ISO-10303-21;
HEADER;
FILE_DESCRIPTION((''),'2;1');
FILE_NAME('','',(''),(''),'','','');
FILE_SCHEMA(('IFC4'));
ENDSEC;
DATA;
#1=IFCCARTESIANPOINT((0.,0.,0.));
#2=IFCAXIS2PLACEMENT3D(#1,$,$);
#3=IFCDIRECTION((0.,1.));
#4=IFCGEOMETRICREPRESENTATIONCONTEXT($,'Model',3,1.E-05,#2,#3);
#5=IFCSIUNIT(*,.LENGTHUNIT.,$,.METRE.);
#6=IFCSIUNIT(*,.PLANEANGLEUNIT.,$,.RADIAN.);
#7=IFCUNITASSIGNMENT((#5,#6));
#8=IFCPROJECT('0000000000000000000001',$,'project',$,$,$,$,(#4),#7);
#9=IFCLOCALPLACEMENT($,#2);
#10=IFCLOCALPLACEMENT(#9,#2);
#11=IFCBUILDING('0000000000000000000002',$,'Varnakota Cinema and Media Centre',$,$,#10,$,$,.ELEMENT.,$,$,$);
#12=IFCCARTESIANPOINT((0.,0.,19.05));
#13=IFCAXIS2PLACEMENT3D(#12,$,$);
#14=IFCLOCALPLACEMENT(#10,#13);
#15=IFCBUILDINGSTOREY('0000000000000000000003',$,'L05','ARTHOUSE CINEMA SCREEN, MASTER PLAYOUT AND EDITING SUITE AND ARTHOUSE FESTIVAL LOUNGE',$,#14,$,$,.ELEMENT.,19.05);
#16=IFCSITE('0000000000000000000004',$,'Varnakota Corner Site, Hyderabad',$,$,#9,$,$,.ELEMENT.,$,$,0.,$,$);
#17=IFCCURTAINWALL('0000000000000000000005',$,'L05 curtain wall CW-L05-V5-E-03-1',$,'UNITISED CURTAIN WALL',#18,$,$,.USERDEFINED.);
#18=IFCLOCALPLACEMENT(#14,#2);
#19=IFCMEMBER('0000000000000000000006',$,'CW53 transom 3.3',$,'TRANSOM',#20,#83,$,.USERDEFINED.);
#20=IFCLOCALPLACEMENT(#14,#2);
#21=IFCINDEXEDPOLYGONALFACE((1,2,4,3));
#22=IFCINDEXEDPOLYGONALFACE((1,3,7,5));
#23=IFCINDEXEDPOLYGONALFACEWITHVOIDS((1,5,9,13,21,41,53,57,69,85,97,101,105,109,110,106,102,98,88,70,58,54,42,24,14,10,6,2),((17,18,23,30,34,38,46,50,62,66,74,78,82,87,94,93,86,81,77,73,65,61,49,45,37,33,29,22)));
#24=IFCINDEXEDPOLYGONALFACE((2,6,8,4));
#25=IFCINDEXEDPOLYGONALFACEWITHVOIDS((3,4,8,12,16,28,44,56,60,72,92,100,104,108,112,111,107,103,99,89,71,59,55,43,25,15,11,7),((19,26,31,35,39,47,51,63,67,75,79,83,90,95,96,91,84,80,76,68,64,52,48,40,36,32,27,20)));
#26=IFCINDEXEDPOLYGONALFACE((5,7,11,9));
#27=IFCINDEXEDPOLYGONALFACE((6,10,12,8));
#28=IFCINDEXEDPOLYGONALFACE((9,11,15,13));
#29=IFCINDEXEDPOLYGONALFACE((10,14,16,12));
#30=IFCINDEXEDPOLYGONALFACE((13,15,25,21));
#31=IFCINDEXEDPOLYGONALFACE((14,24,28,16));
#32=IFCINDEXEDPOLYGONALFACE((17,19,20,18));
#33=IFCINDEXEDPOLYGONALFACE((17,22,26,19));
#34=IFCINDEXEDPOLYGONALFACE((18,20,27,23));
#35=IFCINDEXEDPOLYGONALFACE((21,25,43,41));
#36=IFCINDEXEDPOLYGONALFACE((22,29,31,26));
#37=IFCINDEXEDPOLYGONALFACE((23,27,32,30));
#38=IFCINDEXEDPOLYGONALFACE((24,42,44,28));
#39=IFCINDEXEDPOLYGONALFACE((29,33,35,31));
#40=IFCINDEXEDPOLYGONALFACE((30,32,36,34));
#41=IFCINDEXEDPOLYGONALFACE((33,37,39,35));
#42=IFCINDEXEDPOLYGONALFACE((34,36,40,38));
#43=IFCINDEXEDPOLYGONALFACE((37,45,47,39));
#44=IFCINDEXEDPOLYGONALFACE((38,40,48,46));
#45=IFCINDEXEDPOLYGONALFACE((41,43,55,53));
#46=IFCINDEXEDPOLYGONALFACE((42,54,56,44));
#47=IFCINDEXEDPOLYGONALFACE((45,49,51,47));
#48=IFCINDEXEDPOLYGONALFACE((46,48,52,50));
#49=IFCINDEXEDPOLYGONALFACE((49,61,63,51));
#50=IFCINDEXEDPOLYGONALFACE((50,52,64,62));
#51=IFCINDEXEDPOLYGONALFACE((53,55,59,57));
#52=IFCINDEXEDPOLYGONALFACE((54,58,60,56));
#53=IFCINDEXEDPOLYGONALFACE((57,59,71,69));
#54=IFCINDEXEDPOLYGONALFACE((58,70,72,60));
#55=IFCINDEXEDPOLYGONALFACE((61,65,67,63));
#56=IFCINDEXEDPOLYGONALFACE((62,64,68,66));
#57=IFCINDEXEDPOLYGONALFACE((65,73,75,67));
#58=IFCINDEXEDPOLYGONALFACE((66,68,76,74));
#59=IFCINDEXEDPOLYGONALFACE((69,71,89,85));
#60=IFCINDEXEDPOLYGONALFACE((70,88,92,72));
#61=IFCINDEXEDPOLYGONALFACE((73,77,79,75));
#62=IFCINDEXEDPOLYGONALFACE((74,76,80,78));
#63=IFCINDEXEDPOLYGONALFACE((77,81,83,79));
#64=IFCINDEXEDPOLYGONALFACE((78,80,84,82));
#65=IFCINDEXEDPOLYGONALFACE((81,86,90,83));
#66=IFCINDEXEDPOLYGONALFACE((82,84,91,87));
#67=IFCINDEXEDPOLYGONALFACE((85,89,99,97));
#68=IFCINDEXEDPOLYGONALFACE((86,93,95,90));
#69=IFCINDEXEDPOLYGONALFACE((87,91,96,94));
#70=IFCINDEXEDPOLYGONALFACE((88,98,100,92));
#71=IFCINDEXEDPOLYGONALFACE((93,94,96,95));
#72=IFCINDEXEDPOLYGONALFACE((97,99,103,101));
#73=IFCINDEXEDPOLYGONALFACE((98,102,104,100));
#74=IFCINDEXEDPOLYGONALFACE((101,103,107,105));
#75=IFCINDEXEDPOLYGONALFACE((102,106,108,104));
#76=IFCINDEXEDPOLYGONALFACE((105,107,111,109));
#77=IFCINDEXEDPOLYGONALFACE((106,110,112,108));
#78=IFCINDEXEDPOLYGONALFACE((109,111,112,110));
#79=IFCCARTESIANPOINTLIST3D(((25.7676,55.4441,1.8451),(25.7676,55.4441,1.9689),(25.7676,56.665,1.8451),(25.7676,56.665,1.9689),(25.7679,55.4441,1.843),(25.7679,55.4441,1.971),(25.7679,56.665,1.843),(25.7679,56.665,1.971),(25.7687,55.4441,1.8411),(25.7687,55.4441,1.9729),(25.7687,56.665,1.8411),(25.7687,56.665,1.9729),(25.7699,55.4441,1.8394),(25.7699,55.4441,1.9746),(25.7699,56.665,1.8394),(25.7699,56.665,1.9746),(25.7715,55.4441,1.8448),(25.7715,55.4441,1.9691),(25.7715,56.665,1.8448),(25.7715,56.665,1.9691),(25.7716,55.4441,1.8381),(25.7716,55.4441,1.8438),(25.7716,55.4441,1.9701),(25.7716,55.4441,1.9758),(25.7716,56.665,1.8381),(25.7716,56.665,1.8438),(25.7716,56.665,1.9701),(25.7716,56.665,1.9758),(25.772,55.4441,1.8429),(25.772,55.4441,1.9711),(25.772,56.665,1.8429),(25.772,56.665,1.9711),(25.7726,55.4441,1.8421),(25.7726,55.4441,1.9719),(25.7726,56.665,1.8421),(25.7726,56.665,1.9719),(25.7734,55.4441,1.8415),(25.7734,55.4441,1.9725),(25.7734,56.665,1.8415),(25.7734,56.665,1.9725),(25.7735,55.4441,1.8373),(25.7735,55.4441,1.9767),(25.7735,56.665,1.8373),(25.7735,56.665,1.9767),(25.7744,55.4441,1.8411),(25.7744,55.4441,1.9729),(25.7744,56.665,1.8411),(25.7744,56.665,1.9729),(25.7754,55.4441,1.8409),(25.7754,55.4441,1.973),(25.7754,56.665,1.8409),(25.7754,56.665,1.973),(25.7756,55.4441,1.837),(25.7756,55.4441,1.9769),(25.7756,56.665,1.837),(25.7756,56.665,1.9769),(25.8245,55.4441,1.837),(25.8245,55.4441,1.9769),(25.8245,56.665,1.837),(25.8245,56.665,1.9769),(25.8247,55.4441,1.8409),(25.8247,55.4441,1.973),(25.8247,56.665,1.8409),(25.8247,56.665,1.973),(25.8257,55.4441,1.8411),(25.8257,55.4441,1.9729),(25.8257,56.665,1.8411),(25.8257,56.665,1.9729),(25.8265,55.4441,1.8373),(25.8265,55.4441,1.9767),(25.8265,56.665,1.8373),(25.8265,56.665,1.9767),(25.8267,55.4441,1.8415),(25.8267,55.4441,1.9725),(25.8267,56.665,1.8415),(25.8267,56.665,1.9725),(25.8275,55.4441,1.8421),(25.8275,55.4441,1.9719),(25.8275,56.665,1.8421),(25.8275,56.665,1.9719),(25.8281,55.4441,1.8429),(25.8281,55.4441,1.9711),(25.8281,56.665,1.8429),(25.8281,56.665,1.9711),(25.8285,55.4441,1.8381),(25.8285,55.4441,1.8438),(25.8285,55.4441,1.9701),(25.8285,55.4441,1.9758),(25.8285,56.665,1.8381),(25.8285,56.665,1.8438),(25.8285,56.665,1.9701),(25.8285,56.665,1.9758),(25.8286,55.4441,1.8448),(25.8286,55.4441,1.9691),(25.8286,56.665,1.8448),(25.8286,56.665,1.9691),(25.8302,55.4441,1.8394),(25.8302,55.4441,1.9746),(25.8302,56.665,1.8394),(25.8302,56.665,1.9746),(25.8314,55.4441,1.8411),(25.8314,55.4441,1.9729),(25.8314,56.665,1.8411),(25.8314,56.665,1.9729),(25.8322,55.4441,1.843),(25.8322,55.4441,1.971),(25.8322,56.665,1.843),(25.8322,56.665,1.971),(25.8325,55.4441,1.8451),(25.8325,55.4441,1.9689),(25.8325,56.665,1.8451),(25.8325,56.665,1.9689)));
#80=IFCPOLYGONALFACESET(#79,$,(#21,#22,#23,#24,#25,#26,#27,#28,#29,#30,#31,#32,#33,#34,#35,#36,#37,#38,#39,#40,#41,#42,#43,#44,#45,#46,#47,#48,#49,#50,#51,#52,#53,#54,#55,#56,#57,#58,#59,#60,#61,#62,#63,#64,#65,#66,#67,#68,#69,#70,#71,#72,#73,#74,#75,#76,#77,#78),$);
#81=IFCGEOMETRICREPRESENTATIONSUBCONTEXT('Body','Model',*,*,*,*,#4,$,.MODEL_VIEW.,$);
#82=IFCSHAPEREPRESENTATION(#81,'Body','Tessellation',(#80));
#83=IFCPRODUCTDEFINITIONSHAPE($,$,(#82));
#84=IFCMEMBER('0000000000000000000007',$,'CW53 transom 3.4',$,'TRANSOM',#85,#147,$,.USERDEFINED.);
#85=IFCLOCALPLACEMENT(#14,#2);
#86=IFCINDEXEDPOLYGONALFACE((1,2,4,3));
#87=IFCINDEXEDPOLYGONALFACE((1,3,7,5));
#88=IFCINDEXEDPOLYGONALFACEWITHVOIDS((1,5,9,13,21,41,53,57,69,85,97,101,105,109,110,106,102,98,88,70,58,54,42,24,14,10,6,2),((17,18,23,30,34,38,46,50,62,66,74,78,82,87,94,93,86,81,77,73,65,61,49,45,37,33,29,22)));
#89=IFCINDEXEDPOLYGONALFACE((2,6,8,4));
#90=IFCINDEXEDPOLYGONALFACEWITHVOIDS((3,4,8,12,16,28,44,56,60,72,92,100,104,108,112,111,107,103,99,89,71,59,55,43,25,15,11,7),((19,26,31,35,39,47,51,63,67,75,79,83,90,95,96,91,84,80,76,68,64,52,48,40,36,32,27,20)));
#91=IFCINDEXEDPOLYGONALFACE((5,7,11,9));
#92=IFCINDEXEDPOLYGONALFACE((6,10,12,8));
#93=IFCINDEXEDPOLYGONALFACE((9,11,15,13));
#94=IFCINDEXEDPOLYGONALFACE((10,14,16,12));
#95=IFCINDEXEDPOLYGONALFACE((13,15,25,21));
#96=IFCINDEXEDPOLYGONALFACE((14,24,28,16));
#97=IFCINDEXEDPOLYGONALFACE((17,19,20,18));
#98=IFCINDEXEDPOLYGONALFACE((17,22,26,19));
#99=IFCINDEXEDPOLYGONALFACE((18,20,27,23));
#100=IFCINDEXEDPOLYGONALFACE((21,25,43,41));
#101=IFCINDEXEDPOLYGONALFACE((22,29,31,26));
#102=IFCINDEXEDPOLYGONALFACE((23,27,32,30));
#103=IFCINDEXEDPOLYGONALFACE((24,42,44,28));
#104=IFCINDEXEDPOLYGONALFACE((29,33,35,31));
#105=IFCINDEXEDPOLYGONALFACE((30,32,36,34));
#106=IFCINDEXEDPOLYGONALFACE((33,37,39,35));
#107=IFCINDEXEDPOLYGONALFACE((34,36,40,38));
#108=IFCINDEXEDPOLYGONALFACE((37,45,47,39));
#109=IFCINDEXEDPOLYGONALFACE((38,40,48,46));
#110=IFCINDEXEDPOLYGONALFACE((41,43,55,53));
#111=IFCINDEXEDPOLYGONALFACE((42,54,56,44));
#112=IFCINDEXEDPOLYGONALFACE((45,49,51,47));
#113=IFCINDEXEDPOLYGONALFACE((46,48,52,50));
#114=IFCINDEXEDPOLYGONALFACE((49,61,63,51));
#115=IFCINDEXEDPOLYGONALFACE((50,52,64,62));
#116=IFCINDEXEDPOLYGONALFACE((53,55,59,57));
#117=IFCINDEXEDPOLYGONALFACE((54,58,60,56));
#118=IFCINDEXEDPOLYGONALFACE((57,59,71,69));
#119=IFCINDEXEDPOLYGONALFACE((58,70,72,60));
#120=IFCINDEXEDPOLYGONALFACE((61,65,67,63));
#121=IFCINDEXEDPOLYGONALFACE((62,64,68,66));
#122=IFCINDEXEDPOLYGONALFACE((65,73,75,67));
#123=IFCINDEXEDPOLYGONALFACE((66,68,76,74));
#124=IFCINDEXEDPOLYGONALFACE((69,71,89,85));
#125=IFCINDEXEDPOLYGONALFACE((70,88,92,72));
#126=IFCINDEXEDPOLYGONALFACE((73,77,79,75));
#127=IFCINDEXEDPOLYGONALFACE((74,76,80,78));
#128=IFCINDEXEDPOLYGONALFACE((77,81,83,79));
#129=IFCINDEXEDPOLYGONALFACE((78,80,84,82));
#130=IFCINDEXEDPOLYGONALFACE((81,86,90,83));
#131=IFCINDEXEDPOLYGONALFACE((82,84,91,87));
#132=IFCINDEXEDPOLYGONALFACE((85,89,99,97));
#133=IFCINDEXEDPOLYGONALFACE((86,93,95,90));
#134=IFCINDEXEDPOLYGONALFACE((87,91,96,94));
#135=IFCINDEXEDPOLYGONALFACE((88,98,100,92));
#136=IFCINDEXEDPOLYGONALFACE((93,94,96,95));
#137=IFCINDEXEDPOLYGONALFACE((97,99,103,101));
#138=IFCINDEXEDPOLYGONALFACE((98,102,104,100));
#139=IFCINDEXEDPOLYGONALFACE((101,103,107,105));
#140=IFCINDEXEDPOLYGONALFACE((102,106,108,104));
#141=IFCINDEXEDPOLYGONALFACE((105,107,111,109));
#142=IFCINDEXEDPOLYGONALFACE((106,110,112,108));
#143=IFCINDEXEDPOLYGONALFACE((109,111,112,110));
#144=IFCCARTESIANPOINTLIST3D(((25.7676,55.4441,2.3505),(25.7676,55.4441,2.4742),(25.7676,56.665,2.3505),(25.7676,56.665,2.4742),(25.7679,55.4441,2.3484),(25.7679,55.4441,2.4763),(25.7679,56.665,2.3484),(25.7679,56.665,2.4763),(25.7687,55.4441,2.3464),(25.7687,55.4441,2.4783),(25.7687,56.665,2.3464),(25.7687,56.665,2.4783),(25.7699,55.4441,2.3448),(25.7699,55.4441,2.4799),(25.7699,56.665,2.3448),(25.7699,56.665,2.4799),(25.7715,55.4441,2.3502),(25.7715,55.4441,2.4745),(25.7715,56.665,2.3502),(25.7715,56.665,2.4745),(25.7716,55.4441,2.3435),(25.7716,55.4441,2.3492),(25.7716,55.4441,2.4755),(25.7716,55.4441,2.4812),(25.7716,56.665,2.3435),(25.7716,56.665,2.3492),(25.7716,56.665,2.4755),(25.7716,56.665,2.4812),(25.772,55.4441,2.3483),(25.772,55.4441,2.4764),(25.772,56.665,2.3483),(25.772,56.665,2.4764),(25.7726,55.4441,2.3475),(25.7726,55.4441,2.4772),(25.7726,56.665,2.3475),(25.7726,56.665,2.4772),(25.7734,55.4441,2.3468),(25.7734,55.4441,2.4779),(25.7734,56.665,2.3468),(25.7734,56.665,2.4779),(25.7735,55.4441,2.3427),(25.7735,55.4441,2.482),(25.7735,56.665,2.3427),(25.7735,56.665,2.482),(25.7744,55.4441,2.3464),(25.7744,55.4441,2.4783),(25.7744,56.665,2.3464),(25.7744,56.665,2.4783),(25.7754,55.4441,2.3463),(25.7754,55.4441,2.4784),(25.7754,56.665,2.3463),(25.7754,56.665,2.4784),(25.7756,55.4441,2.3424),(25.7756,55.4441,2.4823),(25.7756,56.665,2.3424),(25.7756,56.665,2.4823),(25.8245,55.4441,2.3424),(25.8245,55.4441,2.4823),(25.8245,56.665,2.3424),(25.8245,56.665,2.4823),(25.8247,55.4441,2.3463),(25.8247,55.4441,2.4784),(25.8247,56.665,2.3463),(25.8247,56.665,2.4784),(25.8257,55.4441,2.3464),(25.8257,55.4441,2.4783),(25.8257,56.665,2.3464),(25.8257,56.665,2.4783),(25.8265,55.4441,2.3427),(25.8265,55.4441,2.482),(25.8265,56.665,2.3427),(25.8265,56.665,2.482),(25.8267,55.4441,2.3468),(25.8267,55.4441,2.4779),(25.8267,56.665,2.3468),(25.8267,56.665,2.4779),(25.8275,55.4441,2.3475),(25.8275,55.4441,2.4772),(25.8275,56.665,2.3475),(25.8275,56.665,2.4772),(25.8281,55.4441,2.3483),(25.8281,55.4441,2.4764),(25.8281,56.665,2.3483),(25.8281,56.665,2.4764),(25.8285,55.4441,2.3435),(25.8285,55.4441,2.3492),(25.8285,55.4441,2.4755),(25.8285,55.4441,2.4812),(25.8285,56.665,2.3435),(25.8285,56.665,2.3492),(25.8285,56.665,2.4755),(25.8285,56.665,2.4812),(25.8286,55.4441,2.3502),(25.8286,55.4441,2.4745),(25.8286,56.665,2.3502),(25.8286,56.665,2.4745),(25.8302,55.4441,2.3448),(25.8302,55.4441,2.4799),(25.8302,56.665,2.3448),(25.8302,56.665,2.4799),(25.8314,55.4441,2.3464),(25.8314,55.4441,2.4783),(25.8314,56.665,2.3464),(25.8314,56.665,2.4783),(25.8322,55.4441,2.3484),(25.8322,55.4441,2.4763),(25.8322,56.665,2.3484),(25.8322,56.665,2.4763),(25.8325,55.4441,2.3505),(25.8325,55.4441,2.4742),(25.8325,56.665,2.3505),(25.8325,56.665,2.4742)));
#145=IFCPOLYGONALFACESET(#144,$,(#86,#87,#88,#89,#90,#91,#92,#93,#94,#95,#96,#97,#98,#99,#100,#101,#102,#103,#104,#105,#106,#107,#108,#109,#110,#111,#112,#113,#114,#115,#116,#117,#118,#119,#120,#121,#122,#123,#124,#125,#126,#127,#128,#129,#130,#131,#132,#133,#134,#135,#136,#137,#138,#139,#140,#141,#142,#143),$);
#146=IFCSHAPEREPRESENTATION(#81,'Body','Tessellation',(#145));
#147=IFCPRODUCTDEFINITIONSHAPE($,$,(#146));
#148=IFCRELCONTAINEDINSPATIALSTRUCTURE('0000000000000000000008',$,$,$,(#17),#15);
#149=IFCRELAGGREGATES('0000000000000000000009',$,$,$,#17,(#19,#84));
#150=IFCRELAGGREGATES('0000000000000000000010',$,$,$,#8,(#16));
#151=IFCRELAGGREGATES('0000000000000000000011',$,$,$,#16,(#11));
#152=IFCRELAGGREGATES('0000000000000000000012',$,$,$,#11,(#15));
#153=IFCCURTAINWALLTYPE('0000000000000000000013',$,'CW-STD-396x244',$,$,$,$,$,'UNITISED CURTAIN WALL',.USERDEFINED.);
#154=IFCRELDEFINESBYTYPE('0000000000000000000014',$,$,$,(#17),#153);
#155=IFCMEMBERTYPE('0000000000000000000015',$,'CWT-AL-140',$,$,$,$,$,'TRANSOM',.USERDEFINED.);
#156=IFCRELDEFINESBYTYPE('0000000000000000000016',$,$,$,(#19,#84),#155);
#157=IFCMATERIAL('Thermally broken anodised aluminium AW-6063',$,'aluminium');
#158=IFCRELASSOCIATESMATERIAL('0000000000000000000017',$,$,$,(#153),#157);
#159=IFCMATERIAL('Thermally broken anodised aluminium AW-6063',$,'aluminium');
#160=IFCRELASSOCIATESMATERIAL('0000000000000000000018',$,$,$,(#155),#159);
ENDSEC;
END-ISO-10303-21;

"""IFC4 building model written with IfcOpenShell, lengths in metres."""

from ifc_helpers import new_model, si_unit, direction, frame, origin, origin_2d, place, context, subcontext, project, spatial, hollow_rectangle, extrude, material, material_profile, profile_set, type_object, element, aggregate, save


model = new_model("IFC4")

# Units and contexts
model_context = context("Model", 3, precision=1e-05, world=origin(), true_north=direction((0.0, 1.0)))
body_context = subcontext(model_context, "Body", "Model", "MODEL_VIEW")
ifc_project = project(units=[si_unit("LENGTHUNIT", "METRE"), si_unit("PLANEANGLEUNIT", "RADIAN")], contexts=[model_context])

# Site, building, storey
site_placement = place(None, origin())
site = spatial("IfcSite", under=ifc_project, at=site_placement, Name="Varnakota Corner Site, Hyderabad", CompositionType="ELEMENT", RefElevation=0.0)
building_placement = place(site_placement, origin())
building = spatial("IfcBuilding", under=site, at=building_placement, Name="Varnakota Cinema and Media Centre", CompositionType="ELEMENT")
storey_placement = place(building_placement, frame((0.0, 0.0, 19.05)))
storey = spatial("IfcBuildingStorey", under=building, at=storey_placement, Name="L05", Description="ARTHOUSE CINEMA SCREEN, MASTER PLAYOUT AND EDITING SUITE AND ARTHOUSE FESTIVAL LOUNGE", CompositionType="ELEMENT", Elevation=19.05)

# Curtain wall
ifc_material_1 = material(Name="Thermally broken anodised aluminium AW-6063", Category="aluminium")
curtain_wall_type = type_object("IfcCurtainWallType", Name="CW-STD-396x244", ElementType="UNITISED CURTAIN WALL", PredefinedType="USERDEFINED", material=ifc_material_1)
curtain_wall_1_placement = place(storey_placement, origin())
curtain_wall_1 = element("IfcCurtainWall", 1, at=curtain_wall_1_placement, inside=storey, type_object=curtain_wall_type, Name="L05 curtain wall CW-L05-V5-E-03-1", ObjectType="UNITISED CURTAIN WALL", PredefinedType="USERDEFINED")

# Members
ifc_material_2 = material(Name="Thermally broken anodised aluminium AW-6063", Category="aluminium")
ifc_material_profile_1 = material_profile(ifc_material_2, hollow_rectangle(XDim=0.0649, YDim=0.1399, WallThickness=0.0039, InnerFilletRadius=0.0039, OuterFilletRadius=0.0081, at=origin_2d()), Name="AL-TRANSOM 140x65x4")
ifc_profile_set_1 = profile_set([ifc_material_profile_1], Name="Thermally broken anodised aluminium AW-6063")
member_type_1 = type_object("IfcMemberType", Name="CWT-AL-140", ElementType="TRANSOM", PredefinedType="USERDEFINED", material=ifc_profile_set_1)
member_1_placement = place(storey_placement, frame((25.8, 55.4441, 1.907), z_axis=(0.0, 1.0, 0.0), x_axis=(-1.0, 0.0, 0.0)))
member_1 = element("IfcMember", 2, at=member_1_placement, type_object=member_type_1, Name="CW53 transom 3.3", ObjectType="TRANSOM", PredefinedType="USERDEFINED", context=body_context, shape_type="SweptSolid", body=[
    extrude(hollow_rectangle(XDim=0.0649, YDim=0.1399, WallThickness=0.0039, InnerFilletRadius=0.0039, OuterFilletRadius=0.0081, at=origin_2d()), origin(), (0.0, 0.0, 1.0), 1.2209),
])
member_2_placement = place(storey_placement, frame((25.8, 55.4441, 2.4124), z_axis=(0.0, 1.0, 0.0), x_axis=(-1.0, 0.0, 0.0)))
member_2 = element("IfcMember", 3, at=member_2_placement, type_object=member_type_1, Name="CW53 transom 3.4", ObjectType="TRANSOM", PredefinedType="USERDEFINED", context=body_context, shape_type="SweptSolid", body=[
    extrude(hollow_rectangle(XDim=0.0649, YDim=0.1399, WallThickness=0.0039, InnerFilletRadius=0.0039, OuterFilletRadius=0.0081, at=origin_2d()), origin(), (0.0, 0.0, 1.0), 1.2209),
])

aggregate(curtain_wall_1, [member_1, member_2])

save(model, "model.ifc")
